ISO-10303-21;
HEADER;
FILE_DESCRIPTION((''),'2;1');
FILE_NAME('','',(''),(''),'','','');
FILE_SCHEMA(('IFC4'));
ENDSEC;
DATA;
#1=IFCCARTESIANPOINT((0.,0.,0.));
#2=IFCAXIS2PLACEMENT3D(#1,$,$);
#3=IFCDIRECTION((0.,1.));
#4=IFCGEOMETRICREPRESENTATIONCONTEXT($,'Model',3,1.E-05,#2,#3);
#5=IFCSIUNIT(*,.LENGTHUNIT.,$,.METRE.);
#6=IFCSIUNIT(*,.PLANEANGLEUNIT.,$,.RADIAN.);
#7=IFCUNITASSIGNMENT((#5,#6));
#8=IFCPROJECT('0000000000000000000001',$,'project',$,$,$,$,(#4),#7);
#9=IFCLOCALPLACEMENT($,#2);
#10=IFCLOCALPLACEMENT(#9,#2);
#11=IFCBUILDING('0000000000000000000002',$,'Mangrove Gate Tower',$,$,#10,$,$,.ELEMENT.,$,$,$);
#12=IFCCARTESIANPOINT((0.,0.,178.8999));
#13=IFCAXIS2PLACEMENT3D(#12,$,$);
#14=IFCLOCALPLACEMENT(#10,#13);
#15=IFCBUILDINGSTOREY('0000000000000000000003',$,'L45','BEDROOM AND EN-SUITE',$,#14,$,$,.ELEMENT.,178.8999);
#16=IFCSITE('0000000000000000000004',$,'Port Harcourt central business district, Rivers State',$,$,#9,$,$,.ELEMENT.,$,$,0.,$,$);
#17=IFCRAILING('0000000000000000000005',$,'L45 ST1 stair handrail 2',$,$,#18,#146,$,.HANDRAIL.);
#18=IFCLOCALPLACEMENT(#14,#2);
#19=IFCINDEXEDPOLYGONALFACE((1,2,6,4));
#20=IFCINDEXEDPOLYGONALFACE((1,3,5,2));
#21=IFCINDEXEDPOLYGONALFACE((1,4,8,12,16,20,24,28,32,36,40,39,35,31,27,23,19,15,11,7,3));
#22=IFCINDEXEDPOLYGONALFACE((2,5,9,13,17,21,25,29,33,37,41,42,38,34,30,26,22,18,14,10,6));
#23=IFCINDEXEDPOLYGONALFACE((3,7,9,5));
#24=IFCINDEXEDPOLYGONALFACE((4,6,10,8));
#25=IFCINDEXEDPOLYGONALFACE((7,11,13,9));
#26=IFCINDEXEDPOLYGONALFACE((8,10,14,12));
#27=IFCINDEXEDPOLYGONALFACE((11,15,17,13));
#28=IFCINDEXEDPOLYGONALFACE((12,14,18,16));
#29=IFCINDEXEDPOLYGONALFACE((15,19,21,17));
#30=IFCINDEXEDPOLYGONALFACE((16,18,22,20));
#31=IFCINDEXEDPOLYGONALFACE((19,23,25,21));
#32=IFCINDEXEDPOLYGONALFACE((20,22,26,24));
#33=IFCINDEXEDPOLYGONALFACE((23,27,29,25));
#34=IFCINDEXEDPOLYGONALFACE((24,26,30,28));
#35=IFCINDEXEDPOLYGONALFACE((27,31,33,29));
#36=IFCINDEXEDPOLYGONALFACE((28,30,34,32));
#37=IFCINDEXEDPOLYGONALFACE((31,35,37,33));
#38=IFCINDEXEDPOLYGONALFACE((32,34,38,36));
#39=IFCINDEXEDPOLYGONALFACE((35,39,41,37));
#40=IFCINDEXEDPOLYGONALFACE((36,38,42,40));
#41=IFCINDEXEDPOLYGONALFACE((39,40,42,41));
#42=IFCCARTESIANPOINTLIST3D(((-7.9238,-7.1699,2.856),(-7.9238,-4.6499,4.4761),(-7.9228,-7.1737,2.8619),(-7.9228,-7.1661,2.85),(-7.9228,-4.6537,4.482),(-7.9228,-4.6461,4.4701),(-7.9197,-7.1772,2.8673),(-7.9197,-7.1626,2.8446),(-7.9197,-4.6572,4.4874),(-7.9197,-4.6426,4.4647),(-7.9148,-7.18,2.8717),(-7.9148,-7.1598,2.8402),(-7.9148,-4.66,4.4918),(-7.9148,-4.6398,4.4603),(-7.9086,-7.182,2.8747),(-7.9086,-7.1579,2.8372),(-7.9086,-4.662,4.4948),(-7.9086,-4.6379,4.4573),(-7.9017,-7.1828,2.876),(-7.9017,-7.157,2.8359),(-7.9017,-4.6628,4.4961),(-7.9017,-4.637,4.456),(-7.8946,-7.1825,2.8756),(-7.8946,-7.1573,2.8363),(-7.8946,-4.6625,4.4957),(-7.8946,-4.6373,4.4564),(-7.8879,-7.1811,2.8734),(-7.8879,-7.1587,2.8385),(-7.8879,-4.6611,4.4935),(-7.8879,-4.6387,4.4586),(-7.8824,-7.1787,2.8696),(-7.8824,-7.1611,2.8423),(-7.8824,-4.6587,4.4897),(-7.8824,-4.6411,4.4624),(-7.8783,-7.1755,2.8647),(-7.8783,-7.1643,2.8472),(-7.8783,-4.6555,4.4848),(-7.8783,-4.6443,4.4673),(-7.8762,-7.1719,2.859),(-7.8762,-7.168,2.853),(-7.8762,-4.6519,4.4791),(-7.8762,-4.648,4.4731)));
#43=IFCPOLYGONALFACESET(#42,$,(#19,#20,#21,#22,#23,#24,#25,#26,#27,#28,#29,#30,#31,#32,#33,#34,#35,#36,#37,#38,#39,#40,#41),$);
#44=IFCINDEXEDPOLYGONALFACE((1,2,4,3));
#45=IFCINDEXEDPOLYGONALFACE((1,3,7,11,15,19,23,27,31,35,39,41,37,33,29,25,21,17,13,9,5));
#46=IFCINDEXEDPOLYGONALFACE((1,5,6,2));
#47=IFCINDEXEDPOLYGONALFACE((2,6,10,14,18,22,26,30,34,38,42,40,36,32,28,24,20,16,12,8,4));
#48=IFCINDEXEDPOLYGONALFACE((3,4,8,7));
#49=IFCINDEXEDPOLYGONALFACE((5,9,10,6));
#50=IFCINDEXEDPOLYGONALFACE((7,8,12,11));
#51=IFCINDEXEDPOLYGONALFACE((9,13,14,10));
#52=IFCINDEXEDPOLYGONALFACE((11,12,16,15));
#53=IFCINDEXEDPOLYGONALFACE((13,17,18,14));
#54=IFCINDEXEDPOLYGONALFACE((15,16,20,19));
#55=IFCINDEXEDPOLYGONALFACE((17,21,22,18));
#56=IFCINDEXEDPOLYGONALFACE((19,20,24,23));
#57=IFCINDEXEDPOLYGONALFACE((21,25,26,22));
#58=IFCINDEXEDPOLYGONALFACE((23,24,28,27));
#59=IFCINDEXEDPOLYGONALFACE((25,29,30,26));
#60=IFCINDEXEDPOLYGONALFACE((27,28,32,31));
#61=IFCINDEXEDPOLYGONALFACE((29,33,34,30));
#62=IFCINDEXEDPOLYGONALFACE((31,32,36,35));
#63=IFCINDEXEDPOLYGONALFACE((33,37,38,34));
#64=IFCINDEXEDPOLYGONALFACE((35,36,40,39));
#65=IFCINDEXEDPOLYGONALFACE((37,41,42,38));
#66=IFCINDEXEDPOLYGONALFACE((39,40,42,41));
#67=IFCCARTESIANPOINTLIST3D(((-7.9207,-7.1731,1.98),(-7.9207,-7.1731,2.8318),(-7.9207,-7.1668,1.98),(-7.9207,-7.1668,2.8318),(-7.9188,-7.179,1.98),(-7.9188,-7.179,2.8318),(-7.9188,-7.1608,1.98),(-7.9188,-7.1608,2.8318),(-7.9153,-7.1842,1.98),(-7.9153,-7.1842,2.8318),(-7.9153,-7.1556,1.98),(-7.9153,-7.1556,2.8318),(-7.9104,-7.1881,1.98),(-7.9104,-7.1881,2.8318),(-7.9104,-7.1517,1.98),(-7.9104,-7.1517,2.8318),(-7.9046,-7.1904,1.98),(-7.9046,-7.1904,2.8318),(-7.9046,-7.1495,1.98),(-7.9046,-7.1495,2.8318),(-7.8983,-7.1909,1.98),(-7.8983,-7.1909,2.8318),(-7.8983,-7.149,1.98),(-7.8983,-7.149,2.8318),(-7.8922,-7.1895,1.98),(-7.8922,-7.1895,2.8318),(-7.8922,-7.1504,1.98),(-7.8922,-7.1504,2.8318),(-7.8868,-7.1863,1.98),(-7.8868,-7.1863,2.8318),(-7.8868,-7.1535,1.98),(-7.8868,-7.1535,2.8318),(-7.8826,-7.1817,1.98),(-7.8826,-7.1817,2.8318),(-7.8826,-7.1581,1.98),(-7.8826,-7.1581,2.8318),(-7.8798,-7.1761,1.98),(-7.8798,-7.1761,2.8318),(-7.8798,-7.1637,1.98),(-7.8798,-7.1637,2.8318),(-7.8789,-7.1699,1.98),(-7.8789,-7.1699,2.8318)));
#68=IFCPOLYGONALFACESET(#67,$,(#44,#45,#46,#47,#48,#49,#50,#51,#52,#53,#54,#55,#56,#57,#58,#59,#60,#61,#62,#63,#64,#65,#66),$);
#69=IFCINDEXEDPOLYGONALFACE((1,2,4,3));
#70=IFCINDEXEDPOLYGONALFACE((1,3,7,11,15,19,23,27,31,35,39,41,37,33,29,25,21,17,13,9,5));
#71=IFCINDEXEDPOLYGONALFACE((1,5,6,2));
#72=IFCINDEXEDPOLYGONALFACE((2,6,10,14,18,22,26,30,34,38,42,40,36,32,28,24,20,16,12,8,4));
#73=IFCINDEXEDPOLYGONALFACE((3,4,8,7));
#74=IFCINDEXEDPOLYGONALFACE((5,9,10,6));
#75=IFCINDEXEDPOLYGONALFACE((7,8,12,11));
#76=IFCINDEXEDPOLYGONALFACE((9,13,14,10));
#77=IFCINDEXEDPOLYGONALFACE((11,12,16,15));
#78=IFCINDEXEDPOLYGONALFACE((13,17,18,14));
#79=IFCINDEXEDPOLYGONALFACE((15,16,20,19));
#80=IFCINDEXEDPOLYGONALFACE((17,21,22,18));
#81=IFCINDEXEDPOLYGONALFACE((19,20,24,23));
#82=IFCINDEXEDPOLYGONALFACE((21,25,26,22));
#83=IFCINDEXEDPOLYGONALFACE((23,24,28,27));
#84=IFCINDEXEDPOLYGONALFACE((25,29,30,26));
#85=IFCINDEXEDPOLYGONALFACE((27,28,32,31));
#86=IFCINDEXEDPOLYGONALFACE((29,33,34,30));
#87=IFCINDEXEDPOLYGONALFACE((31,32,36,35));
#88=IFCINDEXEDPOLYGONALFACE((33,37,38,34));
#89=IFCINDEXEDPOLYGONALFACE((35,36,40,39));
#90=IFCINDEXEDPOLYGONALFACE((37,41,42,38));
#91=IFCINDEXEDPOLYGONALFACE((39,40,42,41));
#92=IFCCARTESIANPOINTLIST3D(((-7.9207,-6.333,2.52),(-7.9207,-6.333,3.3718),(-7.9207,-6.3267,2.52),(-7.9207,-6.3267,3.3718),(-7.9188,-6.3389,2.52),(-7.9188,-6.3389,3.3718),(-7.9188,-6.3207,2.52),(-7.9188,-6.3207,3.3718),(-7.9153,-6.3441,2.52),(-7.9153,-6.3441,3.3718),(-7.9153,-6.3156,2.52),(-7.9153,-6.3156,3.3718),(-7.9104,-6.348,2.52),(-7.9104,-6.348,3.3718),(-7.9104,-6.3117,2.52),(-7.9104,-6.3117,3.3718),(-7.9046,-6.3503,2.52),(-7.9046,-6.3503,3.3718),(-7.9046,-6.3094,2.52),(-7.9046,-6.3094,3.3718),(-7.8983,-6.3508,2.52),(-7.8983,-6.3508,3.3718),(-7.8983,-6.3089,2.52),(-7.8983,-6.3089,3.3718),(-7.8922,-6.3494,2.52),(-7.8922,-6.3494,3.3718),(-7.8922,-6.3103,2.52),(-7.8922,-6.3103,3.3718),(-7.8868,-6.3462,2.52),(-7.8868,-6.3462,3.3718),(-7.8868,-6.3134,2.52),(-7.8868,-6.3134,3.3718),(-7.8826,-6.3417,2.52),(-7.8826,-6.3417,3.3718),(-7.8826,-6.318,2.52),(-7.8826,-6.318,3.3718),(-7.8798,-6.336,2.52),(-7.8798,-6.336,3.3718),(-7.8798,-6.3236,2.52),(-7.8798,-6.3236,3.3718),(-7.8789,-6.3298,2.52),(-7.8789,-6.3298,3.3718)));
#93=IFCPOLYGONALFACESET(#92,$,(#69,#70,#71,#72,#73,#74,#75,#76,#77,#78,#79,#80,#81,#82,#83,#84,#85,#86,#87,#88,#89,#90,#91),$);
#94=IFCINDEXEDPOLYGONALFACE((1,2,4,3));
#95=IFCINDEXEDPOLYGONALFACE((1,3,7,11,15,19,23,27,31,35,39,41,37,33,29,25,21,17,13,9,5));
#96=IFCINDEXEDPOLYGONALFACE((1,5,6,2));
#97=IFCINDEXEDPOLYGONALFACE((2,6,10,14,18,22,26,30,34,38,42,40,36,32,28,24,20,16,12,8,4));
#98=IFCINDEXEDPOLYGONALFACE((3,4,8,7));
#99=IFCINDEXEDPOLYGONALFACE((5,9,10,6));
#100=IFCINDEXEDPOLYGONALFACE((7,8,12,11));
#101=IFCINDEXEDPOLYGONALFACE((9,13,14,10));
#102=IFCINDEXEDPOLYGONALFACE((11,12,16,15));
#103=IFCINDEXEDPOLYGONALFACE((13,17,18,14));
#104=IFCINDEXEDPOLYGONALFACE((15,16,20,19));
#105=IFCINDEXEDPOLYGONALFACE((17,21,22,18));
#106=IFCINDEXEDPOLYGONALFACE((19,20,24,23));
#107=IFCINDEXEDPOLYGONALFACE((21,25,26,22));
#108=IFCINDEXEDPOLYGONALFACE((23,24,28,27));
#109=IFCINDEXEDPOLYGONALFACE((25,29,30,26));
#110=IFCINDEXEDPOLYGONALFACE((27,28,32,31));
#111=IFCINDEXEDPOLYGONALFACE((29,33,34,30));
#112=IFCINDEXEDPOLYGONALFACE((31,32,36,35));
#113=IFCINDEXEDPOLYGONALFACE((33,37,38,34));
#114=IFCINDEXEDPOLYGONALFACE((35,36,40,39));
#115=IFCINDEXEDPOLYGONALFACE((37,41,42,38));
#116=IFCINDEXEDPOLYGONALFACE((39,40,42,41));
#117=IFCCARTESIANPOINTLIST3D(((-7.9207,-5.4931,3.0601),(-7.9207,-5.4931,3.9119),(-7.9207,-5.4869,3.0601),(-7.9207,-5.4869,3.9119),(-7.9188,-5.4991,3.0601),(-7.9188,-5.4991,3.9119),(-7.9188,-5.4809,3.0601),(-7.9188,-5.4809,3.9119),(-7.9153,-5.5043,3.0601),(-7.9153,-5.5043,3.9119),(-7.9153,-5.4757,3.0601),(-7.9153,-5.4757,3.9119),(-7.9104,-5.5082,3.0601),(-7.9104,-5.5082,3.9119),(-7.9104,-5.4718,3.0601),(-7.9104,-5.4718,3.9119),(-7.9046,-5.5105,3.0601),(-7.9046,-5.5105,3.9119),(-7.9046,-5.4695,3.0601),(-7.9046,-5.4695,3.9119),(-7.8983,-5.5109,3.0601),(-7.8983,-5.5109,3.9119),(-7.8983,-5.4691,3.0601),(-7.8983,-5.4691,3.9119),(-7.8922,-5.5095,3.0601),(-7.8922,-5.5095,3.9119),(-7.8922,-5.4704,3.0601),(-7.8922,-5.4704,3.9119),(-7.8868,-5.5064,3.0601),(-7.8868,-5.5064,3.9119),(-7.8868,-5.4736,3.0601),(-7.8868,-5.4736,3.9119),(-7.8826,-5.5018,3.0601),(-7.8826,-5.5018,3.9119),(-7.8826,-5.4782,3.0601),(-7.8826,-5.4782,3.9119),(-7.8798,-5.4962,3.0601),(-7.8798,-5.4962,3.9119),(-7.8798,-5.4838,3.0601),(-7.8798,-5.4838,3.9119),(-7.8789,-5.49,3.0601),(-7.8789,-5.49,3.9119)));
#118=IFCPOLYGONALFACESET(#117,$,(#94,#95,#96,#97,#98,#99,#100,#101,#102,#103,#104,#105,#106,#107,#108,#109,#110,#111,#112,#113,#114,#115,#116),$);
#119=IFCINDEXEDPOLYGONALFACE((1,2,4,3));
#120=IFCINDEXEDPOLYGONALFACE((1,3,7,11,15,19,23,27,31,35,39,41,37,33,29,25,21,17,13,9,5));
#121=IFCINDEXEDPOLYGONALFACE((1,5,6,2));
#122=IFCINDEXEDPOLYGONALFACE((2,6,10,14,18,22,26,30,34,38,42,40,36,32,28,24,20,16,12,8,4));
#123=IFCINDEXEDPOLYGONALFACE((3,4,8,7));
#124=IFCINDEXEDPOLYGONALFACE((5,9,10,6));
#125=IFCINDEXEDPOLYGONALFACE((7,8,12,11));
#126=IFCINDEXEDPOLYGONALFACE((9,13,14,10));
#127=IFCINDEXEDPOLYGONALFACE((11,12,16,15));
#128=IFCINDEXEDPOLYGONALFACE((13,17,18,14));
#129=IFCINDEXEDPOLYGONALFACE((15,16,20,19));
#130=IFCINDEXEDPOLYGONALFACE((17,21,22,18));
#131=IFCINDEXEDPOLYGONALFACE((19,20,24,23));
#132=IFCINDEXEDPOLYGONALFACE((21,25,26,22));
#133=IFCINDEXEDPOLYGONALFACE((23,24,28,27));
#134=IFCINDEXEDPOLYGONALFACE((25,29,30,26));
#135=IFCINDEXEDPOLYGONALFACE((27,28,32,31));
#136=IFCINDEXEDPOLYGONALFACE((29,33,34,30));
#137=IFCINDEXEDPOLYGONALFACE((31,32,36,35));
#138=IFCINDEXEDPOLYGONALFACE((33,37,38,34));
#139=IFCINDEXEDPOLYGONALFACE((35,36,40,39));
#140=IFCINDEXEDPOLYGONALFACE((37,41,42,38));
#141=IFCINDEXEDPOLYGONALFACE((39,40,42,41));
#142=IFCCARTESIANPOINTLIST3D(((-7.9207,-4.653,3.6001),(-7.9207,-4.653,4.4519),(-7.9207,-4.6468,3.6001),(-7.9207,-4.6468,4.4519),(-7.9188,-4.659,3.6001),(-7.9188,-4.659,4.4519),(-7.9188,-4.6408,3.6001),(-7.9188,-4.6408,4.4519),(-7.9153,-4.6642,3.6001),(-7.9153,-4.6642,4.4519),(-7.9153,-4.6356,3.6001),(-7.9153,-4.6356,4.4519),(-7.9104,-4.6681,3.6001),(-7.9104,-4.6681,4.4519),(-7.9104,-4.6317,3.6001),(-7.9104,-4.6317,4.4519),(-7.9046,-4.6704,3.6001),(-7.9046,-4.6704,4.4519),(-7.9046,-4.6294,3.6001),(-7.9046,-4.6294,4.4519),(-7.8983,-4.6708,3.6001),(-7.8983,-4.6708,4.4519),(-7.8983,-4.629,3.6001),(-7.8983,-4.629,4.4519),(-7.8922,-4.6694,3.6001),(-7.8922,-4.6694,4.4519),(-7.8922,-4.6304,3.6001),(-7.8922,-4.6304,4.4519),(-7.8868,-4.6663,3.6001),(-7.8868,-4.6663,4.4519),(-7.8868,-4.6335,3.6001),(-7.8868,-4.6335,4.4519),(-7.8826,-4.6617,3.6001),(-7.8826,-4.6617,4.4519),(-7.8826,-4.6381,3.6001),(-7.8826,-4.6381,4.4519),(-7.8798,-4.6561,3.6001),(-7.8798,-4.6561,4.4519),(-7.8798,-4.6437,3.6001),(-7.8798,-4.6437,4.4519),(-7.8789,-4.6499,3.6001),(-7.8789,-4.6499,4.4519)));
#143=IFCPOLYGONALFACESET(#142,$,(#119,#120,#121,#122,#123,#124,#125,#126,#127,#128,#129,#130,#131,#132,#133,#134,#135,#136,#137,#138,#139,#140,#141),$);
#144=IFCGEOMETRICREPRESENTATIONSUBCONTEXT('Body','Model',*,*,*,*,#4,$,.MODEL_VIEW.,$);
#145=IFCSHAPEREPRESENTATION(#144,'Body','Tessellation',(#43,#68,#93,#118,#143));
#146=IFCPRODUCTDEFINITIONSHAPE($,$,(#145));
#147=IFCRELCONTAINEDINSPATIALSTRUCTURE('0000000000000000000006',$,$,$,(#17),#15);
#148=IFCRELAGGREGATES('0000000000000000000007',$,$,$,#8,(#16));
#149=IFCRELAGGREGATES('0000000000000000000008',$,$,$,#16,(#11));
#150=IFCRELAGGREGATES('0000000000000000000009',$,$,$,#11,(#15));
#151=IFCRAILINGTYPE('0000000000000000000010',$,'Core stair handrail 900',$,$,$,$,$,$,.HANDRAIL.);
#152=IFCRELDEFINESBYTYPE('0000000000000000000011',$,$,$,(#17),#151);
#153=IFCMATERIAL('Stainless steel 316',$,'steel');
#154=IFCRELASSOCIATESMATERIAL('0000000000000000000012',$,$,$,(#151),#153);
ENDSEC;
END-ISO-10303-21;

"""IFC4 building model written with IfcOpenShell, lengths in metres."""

from ifc_helpers import new_model, si_unit, direction, frame, origin, origin_2d, place, context, subcontext, project, spatial, circle, extrude, material, type_object, element, save


model = new_model("IFC4")

# Units and contexts
model_context = context("Model", 3, precision=1e-05, world=origin(), true_north=direction((0.0, 1.0)))
body_context = subcontext(model_context, "Body", "Model", "MODEL_VIEW")
ifc_project = project(units=[si_unit("LENGTHUNIT", "METRE"), si_unit("PLANEANGLEUNIT", "RADIAN")], contexts=[model_context])

# Site, building, storey
site_placement = place(None, origin())
site = spatial("IfcSite", under=ifc_project, at=site_placement, Name="Port Harcourt central business district, Rivers State", CompositionType="ELEMENT", RefElevation=0.0)
building_placement = place(site_placement, origin())
building = spatial("IfcBuilding", under=site, at=building_placement, Name="Mangrove Gate Tower", CompositionType="ELEMENT")
storey_placement = place(building_placement, frame((0.0, 0.0, 178.8999)))
storey = spatial("IfcBuildingStorey", under=building, at=storey_placement, Name="L45", Description="BEDROOM AND EN-SUITE", CompositionType="ELEMENT", Elevation=178.8999)

# Railing
ifc_material_1 = material(Name="Stainless steel 316", Category="steel")
railing_type_1 = type_object("IfcRailingType", Name="Core stair handrail 900", PredefinedType="HANDRAIL", material=ifc_material_1)
railing_1_placement = place(storey_placement, frame((-7.8999, -7.1699, 1.98)))
element("IfcRailing", 1, at=railing_1_placement, inside=storey, type_object=railing_type_1, Name="L45 ST1 stair handrail 2", PredefinedType="HANDRAIL", context=body_context, shape_type="SweptSolid", body=[
    extrude(circle(Radius=0.0239, at=origin_2d()), frame((0.0, 0.0, 0.876), z_axis=(0.0, 0.841163, 0.540782), x_axis=(-1.0, 0.0, 0.0)), (0.0, 0.0, 1.0), 2.9958),
    extrude(circle(Radius=0.021, at=origin_2d()), origin(), (0.0, 0.0, 1.0), 0.8518),
    extrude(circle(Radius=0.021, at=origin_2d()), frame((0.0, 0.8401, 0.54)), (0.0, 0.0, 1.0), 0.8518),
    extrude(circle(Radius=0.021, at=origin_2d()), frame((0.0, 1.6799, 1.0801)), (0.0, 0.0, 1.0), 0.8518),
    extrude(circle(Radius=0.021, at=origin_2d()), frame((0.0, 2.52, 1.6201)), (0.0, 0.0, 1.0), 0.8518),
])

save(model, "model.ifc")
